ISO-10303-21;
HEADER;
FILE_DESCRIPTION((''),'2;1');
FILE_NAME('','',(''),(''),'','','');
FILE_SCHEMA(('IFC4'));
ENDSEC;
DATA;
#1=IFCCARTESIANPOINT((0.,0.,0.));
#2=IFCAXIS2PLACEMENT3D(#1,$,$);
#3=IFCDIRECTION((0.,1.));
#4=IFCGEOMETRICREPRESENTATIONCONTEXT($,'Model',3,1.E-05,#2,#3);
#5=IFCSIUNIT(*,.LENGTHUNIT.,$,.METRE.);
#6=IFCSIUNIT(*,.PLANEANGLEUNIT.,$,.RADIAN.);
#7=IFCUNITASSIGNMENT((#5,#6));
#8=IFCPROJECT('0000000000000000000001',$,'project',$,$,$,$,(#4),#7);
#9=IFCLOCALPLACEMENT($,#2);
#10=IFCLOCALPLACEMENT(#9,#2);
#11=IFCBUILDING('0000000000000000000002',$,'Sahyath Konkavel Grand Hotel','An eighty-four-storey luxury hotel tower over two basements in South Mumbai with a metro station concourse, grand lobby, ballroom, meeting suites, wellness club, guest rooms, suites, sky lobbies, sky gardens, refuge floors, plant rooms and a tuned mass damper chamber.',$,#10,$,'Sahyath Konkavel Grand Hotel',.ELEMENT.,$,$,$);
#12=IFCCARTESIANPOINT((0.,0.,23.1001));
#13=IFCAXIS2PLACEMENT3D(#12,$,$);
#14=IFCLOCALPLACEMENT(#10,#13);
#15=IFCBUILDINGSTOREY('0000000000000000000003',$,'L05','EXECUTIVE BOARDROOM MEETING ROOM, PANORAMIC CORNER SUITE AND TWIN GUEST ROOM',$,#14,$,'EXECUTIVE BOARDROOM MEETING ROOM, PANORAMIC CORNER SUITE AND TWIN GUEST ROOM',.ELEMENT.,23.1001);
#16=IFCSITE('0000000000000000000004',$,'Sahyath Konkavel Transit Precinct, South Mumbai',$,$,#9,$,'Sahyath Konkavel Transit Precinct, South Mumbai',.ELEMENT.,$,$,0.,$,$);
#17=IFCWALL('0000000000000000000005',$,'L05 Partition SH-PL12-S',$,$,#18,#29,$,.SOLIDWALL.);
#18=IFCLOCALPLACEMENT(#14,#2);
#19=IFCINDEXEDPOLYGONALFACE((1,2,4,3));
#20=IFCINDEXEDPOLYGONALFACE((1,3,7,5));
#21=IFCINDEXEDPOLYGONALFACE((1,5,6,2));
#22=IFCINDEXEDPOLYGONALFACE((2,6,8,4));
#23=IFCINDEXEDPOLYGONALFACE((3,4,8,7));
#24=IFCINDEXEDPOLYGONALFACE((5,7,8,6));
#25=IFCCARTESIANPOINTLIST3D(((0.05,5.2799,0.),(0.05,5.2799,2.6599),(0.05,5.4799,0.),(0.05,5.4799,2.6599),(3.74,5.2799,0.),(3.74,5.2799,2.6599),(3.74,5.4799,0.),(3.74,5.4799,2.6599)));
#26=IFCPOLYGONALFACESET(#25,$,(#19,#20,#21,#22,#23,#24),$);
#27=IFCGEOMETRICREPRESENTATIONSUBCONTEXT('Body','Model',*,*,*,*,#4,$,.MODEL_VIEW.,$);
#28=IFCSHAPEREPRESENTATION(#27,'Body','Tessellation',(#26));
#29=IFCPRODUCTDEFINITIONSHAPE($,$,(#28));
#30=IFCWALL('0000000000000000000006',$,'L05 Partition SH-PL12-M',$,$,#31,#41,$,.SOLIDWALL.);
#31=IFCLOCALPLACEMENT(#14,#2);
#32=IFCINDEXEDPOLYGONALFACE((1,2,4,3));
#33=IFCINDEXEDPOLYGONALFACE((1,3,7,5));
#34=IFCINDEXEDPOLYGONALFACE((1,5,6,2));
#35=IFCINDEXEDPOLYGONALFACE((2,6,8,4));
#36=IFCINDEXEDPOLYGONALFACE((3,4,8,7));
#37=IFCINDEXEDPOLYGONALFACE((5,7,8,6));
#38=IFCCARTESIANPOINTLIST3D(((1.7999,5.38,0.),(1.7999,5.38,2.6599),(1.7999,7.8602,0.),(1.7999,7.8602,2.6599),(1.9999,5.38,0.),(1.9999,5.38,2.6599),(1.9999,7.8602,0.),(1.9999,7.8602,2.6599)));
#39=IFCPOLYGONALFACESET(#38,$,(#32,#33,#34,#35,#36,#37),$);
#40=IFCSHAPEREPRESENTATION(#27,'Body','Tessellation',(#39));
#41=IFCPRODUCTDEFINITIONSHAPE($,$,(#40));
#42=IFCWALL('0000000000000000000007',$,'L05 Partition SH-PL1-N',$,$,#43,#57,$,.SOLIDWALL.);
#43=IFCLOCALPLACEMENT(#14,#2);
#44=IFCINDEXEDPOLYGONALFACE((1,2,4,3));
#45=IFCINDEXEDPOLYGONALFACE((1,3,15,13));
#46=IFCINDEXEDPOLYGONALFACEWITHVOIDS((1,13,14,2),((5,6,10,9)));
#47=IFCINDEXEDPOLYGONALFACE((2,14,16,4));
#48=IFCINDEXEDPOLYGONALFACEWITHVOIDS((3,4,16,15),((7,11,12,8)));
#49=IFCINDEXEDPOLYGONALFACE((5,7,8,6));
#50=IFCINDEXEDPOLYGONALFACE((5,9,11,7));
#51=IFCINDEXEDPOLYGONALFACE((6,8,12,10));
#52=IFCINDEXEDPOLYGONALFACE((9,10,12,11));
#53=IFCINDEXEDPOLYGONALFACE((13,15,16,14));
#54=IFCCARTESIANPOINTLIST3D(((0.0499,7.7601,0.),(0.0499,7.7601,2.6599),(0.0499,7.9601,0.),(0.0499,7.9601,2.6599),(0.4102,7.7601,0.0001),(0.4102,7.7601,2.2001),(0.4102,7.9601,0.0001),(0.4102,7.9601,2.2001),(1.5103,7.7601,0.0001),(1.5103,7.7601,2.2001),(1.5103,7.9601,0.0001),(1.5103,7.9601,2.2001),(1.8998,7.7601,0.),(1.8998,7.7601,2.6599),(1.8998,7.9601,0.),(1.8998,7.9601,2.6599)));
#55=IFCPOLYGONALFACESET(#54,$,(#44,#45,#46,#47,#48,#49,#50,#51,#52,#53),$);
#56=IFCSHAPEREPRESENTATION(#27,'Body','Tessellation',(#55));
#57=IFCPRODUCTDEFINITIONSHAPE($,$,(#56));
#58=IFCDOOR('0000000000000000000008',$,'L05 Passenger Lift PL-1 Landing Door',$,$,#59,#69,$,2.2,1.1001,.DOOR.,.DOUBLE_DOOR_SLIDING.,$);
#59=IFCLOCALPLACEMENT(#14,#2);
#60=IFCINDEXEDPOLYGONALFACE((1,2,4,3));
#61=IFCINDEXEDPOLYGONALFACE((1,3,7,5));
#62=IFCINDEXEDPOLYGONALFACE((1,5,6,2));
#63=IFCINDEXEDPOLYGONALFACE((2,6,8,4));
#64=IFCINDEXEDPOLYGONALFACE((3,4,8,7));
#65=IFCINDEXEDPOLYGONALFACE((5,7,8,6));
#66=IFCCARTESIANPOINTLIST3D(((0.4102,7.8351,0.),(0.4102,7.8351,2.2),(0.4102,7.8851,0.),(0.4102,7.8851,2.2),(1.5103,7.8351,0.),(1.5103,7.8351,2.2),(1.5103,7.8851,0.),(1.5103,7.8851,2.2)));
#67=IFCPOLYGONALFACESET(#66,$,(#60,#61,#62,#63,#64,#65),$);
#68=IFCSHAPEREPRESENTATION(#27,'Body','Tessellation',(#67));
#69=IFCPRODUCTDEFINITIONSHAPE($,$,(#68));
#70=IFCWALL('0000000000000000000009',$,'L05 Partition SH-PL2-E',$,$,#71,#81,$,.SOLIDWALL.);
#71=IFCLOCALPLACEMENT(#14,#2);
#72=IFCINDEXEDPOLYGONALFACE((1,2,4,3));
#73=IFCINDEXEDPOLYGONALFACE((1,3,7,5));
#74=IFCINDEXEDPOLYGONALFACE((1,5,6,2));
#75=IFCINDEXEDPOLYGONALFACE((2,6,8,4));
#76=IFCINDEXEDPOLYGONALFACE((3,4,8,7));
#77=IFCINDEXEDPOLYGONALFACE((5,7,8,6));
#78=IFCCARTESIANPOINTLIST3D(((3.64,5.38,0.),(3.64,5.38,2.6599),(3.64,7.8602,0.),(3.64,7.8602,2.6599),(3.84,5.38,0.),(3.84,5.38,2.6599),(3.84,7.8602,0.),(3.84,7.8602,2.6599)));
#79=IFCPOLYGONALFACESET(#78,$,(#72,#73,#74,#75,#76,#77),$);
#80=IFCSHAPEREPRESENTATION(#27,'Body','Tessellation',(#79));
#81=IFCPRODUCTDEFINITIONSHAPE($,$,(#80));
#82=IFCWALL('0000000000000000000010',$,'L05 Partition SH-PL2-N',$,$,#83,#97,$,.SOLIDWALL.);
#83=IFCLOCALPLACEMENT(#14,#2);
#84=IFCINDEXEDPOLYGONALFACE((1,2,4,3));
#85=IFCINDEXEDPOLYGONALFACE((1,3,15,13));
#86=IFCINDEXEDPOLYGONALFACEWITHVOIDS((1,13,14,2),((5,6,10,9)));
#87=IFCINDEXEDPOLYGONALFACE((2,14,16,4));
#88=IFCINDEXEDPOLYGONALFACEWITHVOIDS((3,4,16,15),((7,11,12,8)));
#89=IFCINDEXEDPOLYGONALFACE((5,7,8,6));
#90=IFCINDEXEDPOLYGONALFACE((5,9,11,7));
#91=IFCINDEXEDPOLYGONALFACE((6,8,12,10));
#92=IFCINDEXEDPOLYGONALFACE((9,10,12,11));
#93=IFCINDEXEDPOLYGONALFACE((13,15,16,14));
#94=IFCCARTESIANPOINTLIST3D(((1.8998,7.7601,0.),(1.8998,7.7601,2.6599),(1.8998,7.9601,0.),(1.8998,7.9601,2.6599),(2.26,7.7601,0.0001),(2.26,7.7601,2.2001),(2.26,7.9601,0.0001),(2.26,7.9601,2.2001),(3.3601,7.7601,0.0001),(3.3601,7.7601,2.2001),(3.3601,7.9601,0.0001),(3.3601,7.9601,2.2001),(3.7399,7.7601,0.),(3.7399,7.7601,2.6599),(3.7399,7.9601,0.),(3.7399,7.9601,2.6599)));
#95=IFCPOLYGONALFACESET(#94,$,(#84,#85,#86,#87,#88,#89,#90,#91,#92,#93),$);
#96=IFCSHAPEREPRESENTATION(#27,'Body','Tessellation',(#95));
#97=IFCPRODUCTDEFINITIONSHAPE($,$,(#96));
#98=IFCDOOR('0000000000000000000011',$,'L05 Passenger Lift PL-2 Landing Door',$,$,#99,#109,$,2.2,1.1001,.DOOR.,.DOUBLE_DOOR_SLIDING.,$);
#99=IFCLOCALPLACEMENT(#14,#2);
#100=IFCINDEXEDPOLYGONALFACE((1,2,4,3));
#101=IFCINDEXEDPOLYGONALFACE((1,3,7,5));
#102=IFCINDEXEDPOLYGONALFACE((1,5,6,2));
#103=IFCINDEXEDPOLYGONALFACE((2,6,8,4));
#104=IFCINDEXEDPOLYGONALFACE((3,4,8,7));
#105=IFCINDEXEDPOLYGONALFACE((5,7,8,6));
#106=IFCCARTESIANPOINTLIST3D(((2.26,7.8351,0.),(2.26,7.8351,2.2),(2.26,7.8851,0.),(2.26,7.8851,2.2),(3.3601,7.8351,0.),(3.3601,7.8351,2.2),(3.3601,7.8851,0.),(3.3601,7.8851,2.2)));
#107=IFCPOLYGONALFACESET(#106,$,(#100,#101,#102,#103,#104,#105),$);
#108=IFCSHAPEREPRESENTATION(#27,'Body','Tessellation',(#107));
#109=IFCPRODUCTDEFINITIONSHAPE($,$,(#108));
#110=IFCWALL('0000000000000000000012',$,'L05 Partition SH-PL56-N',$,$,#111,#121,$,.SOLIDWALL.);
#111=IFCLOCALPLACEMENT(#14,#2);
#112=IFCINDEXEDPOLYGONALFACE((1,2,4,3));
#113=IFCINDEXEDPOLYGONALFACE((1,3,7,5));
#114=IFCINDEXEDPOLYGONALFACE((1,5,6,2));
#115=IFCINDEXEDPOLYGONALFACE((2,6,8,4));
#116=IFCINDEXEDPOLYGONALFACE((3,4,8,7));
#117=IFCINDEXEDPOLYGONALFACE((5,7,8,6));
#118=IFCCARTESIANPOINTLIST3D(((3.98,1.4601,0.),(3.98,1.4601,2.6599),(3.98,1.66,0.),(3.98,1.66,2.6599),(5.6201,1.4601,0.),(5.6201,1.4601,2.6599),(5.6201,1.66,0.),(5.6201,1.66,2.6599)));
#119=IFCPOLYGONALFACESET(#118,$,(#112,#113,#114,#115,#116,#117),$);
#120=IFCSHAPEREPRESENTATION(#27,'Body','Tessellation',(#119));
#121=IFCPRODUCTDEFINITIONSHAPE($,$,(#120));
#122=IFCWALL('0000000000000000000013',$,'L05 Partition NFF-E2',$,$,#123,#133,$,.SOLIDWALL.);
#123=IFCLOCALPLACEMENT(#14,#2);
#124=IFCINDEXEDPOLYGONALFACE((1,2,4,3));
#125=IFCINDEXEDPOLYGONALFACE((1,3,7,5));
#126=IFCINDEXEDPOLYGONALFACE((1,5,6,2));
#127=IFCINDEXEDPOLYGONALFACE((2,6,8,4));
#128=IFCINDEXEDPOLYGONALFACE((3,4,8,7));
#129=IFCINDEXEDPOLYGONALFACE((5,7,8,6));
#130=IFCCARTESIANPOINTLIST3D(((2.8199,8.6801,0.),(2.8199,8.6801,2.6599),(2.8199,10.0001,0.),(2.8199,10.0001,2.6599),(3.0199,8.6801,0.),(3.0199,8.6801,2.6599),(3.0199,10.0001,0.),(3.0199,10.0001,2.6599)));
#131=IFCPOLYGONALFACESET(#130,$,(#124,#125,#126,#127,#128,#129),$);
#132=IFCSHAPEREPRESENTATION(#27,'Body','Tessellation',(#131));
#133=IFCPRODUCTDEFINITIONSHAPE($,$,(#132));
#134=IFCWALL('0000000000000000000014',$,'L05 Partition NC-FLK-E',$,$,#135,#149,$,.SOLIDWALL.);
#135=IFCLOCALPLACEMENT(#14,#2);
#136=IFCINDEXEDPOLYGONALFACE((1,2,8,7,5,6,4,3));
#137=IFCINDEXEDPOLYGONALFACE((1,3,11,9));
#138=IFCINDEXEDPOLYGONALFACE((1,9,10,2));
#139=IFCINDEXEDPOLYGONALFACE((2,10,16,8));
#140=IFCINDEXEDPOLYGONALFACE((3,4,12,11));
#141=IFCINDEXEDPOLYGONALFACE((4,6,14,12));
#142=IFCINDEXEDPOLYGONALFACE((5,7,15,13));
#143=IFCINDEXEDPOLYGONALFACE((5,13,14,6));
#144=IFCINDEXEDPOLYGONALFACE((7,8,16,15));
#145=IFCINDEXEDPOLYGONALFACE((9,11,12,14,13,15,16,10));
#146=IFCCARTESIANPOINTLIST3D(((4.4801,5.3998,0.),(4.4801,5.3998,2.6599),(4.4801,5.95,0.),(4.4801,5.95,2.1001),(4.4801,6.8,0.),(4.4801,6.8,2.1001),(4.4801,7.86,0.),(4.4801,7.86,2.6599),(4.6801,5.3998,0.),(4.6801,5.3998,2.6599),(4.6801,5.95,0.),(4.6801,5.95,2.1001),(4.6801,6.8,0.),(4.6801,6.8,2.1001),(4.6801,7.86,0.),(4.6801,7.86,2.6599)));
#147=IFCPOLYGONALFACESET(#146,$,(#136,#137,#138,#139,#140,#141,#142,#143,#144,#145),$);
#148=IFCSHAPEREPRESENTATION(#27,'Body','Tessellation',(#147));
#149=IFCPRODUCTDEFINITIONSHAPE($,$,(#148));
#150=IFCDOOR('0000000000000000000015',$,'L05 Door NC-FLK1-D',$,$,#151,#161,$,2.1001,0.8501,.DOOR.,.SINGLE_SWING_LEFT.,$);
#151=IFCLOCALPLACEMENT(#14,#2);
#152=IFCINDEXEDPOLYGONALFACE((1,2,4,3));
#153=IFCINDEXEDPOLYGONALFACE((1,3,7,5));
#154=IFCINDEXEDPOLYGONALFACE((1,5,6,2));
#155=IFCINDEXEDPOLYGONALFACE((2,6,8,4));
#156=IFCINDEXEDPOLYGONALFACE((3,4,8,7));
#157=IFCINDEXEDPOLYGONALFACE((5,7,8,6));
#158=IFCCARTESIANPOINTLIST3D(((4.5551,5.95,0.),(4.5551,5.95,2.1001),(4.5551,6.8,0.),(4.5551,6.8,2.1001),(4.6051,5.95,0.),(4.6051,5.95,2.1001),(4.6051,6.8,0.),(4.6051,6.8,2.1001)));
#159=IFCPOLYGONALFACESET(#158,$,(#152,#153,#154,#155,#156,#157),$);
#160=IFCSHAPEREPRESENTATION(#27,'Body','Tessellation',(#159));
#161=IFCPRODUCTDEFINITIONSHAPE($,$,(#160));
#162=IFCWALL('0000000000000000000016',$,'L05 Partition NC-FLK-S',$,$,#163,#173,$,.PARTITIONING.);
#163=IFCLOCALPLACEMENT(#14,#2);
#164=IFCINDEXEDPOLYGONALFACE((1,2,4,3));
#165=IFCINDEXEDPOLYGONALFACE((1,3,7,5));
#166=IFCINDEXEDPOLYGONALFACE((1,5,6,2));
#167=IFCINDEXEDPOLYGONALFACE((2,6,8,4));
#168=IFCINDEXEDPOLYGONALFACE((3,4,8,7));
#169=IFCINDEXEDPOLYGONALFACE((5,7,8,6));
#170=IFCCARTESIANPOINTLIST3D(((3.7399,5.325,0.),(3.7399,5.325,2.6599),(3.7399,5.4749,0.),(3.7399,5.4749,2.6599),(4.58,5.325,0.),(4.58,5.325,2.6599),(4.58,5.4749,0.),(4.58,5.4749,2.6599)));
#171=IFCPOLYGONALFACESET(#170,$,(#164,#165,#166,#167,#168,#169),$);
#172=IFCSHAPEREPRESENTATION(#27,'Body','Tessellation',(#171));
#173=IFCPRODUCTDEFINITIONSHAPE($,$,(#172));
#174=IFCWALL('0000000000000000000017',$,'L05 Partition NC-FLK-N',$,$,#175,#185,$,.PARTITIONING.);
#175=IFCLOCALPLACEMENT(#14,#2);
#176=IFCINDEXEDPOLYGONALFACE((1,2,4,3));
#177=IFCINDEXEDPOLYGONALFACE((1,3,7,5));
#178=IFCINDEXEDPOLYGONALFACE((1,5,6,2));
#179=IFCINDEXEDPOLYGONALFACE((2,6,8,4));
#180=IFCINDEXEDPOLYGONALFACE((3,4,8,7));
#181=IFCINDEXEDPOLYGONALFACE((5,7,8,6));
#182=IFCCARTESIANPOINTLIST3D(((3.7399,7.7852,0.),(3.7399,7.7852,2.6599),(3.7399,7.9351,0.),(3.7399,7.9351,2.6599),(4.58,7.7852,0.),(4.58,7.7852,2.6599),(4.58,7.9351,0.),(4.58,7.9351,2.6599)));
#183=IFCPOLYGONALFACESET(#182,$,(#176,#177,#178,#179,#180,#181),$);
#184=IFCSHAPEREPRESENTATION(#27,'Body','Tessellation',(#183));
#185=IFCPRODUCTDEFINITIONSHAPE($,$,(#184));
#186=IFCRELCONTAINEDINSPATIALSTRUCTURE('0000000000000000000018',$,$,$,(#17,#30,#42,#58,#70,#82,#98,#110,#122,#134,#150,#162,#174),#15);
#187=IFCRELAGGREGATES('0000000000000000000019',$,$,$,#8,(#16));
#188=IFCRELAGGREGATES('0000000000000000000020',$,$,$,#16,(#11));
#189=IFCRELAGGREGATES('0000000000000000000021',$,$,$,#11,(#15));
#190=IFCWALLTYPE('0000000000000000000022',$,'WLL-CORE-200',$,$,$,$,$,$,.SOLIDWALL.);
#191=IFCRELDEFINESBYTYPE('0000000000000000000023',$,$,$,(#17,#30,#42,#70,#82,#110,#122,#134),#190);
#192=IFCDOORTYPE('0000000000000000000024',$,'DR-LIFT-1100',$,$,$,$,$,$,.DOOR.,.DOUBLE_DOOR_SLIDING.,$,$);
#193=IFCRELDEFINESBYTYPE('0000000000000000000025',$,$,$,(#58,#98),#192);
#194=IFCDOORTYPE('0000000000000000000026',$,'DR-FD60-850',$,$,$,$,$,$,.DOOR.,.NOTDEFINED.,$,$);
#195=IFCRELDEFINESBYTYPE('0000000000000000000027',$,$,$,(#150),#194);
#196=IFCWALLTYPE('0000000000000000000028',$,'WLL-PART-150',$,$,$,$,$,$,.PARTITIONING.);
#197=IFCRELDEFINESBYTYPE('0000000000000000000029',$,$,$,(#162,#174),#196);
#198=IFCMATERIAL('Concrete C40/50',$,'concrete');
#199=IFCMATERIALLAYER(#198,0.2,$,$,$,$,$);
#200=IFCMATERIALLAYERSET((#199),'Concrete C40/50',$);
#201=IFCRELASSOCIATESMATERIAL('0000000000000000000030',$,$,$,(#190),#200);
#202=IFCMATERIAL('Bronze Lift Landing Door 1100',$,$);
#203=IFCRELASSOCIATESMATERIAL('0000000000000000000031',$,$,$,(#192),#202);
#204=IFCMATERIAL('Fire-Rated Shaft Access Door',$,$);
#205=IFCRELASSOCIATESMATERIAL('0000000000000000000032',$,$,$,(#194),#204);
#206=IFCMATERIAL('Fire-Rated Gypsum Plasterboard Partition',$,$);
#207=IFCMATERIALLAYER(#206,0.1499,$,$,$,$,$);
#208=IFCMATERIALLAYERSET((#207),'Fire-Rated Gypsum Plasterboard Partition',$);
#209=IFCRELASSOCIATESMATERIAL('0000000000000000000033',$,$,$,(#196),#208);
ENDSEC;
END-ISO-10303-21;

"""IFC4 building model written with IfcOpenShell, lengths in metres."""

from ifc_helpers import new_model, si_unit, direction, frame, frame_2d, origin, origin_2d, place, context, subcontext, project, spatial, rectangle, extrude, source, transform, mapped, material, layer, layer_set, type_object, element, fill, save


model = new_model("IFC4")

# Units and contexts
model_context = context("Model", 3, precision=1e-05, world=origin(), true_north=direction((0.0, 1.0)))
body_context = subcontext(model_context, "Body", "Model", "MODEL_VIEW")
ifc_project = project(units=[si_unit("LENGTHUNIT", "METRE"), si_unit("PLANEANGLEUNIT", "RADIAN")], contexts=[model_context])

# Site, building, storey
site_placement = place(None, origin())
site = spatial("IfcSite", under=ifc_project, at=site_placement, Name="Sahyath Konkavel Transit Precinct, South Mumbai", LongName="Sahyath Konkavel Transit Precinct, South Mumbai", CompositionType="ELEMENT", RefElevation=0.0)
building_placement = place(site_placement, origin())
building = spatial("IfcBuilding", under=site, at=building_placement, Name="Sahyath Konkavel Grand Hotel", Description="An eighty-four-storey luxury hotel tower over two basements in South Mumbai with a metro station concourse, grand lobby, ballroom, meeting suites, wellness club, guest rooms, suites, sky lobbies, sky gardens, refuge floors, plant rooms and a tuned mass damper chamber.", LongName="Sahyath Konkavel Grand Hotel", CompositionType="ELEMENT")
storey_placement = place(building_placement, frame((0.0, 0.0, 23.1001)))
storey = spatial("IfcBuildingStorey", under=building, at=storey_placement, Name="L05", Description="EXECUTIVE BOARDROOM MEETING ROOM, PANORAMIC CORNER SUITE AND TWIN GUEST ROOM", LongName="EXECUTIVE BOARDROOM MEETING ROOM, PANORAMIC CORNER SUITE AND TWIN GUEST ROOM", CompositionType="ELEMENT", Elevation=23.1001)

# Shared definitions
ifc_material_1 = material(Name="Concrete C40/50", Category="concrete")
ifc_layer_1 = layer(ifc_material_1, 0.2)
ifc_layer_set_1 = layer_set([ifc_layer_1], Name="Concrete C40/50")
wall_type_1 = type_object("IfcWallType", Name="WLL-CORE-200", PredefinedType="SOLIDWALL", material=ifc_layer_set_1)

# Shared definitions
ifc_material_2 = material(Name="Bronze Lift Landing Door 1100")
door_type_1 = type_object("IfcDoorType", Name="DR-LIFT-1100", OperationType="DOUBLE_DOOR_SLIDING", PredefinedType="DOOR", material=ifc_material_2)
shared_shape_1 = source(origin(), body_context, "Body", "SweptSolid", [
    extrude(rectangle(XDim=1.1001, YDim=0.05, at=origin_2d()), origin(), (0.0, 0.0, 1.0), 2.2),
])

# Walls
wall_1_placement = place(storey_placement, frame((0.05, 5.3799, 0.0), z_axis=(0.0, 0.0, 1.0), x_axis=(1.0, 0.0, 0.0)))
element("IfcWall", 1, at=wall_1_placement, inside=storey, type_object=wall_type_1, Name="L05 Partition SH-PL12-S", PredefinedType="SOLIDWALL", context=body_context, shape_type="SweptSolid", body=[
    extrude(rectangle(XDim=3.6899, YDim=0.2, at=frame_2d((1.845, 0.0))), origin(), (0.0, 0.0, 1.0), 2.6599),
])
wall_2_placement = place(storey_placement, frame((1.8999, 5.3799, 0.0), z_axis=(0.0, 0.0, 1.0), x_axis=(0.0, 1.0, 0.0)))
element("IfcWall", 2, at=wall_2_placement, inside=storey, type_object=wall_type_1, Name="L05 Partition SH-PL12-M", PredefinedType="SOLIDWALL", context=body_context, shape_type="SweptSolid", body=[
    extrude(rectangle(XDim=2.4802, YDim=0.2, at=frame_2d((1.2402, 0.0))), origin(), (0.0, 0.0, 1.0), 2.6599),
])

# Wall, opening, door
wall_3_placement = place(storey_placement, frame((0.05, 7.8601, 0.0), z_axis=(0.0, 0.0, 1.0), x_axis=(1.0, 0.0, 0.0)))
wall_3 = element("IfcWall", 3, at=wall_3_placement, inside=storey, type_object=wall_type_1, Name="L05 Partition SH-PL1-N", PredefinedType="SOLIDWALL", context=body_context, shape_type="SweptSolid", body=[
    extrude(rectangle(XDim=1.8499, YDim=0.2, at=frame_2d((0.9248, 0.0))), origin(), (0.0, 0.0, 1.0), 2.6599),
])
opening_1_placement = place(wall_3_placement, frame((0.3601, 0.0, 0.0)))
opening_1 = element("IfcOpeningElement", 4, at=opening_1_placement, cuts=wall_3, PredefinedType="OPENING", context=body_context, shape_type="SweptSolid", body=[
    extrude(rectangle(XDim=1.1001, YDim=2.2, at=frame_2d((0.55, 1.1001))), frame((0.0, 0.1099, 0.0), z_axis=(0.0, -1.0, 0.0), x_axis=(1.0, 0.0, 0.0)), (0.0, 0.0, 1.0), 0.22),
])
door_1_placement = place(opening_1_placement, frame((0.55, 0.0, 0.0)))
door_1 = element("IfcDoor", 5, at=door_1_placement, inside=storey, type_object=door_type_1, Name="L05 Passenger Lift PL-1 Landing Door", OperationType="DOUBLE_DOOR_SLIDING", OverallHeight=2.2, OverallWidth=1.1001, PredefinedType="DOOR", context=body_context, shape_type="MappedRepresentation", body=[
    mapped(shared_shape_1, transform((0.0, 0.0, 0.0), scale=1.0)),
])
fill(opening_1, door_1)

# Wall
wall_4_placement = place(storey_placement, frame((3.74, 5.3799, 0.0), z_axis=(0.0, 0.0, 1.0), x_axis=(0.0, 1.0, 0.0)))
element("IfcWall", 6, at=wall_4_placement, inside=storey, type_object=wall_type_1, Name="L05 Partition SH-PL2-E", PredefinedType="SOLIDWALL", context=body_context, shape_type="SweptSolid", body=[
    extrude(rectangle(XDim=2.4802, YDim=0.2, at=frame_2d((1.2402, 0.0))), origin(), (0.0, 0.0, 1.0), 2.6599),
])

# Wall, opening, door
wall_5_placement = place(storey_placement, frame((1.8999, 7.8601, 0.0), z_axis=(0.0, 0.0, 1.0), x_axis=(1.0, 0.0, 0.0)))
wall_5 = element("IfcWall", 7, at=wall_5_placement, inside=storey, type_object=wall_type_1, Name="L05 Partition SH-PL2-N", PredefinedType="SOLIDWALL", context=body_context, shape_type="SweptSolid", body=[
    extrude(rectangle(XDim=1.8401, YDim=0.2, at=frame_2d((0.9199, 0.0))), origin(), (0.0, 0.0, 1.0), 2.6599),
])
opening_2_placement = place(wall_5_placement, frame((0.3601, 0.0, 0.0)))
opening_2 = element("IfcOpeningElement", 8, at=opening_2_placement, cuts=wall_5, PredefinedType="OPENING", context=body_context, shape_type="SweptSolid", body=[
    extrude(rectangle(XDim=1.1001, YDim=2.2, at=frame_2d((0.55, 1.1001))), frame((0.0, 0.1099, 0.0), z_axis=(0.0, -1.0, 0.0), x_axis=(1.0, 0.0, 0.0)), (0.0, 0.0, 1.0), 0.22),
])
door_2_placement = place(opening_2_placement, frame((0.55, 0.0, 0.0)))
door_2 = element("IfcDoor", 9, at=door_2_placement, inside=storey, type_object=door_type_1, Name="L05 Passenger Lift PL-2 Landing Door", OperationType="DOUBLE_DOOR_SLIDING", OverallHeight=2.2, OverallWidth=1.1001, PredefinedType="DOOR", context=body_context, shape_type="MappedRepresentation", body=[
    mapped(shared_shape_1, transform((0.0, 0.0, 0.0), scale=1.0)),
])
fill(opening_2, door_2)

# Wall
wall_6_placement = place(storey_placement, frame((3.98, 1.5601, 0.0), z_axis=(0.0, 0.0, 1.0), x_axis=(1.0, 0.0, 0.0)))
element("IfcWall", 10, at=wall_6_placement, inside=storey, type_object=wall_type_1, Name="L05 Partition SH-PL56-N", PredefinedType="SOLIDWALL", context=body_context, shape_type="SweptSolid", body=[
    extrude(rectangle(XDim=1.6401, YDim=0.2, at=frame_2d((0.8201, 0.0))), origin(), (0.0, 0.0, 1.0), 2.6599),
])

# Wall
wall_7_placement = place(storey_placement, frame((2.9199, 8.6799, 0.0), z_axis=(0.0, 0.0, 1.0), x_axis=(0.0, 1.0, 0.0)))
element("IfcWall", 11, at=wall_7_placement, inside=storey, type_object=wall_type_1, Name="L05 Partition NFF-E2", PredefinedType="SOLIDWALL", context=body_context, shape_type="SweptSolid", body=[
    extrude(rectangle(XDim=1.3201, YDim=0.2, at=frame_2d((0.6602, 0.0))), origin(), (0.0, 0.0, 1.0), 2.6599),
])

# Wall, opening, door
wall_8_placement = place(storey_placement, frame((4.5801, 5.3999, 0.0), z_axis=(0.0, 0.0, 1.0), x_axis=(0.0, 1.0, 0.0)))
wall_8 = element("IfcWall", 12, at=wall_8_placement, inside=storey, type_object=wall_type_1, Name="L05 Partition NC-FLK-E", PredefinedType="SOLIDWALL", context=body_context, shape_type="SweptSolid", body=[
    extrude(rectangle(XDim=2.4602, YDim=0.2, at=frame_2d((1.23, 0.0))), origin(), (0.0, 0.0, 1.0), 2.6599),
])
opening_3_placement = place(wall_8_placement, frame((0.55, 0.0, 0.0)))
opening_3 = element("IfcOpeningElement", 13, at=opening_3_placement, cuts=wall_8, PredefinedType="OPENING", context=body_context, shape_type="SweptSolid", body=[
    extrude(rectangle(XDim=0.8501, YDim=2.1001, at=frame_2d((0.425, 1.05))), frame((0.0, 0.1099, 0.0), z_axis=(0.0, -1.0, 0.0), x_axis=(1.0, 0.0, 0.0)), (0.0, 0.0, 1.0), 0.22),
])
ifc_material_3 = material(Name="Fire-Rated Shaft Access Door")
door_type_2 = type_object("IfcDoorType", Name="DR-FD60-850", OperationType="NOTDEFINED", PredefinedType="DOOR", material=ifc_material_3)
shared_shape_2 = source(origin(), body_context, "Body", "SweptSolid", [
    extrude(rectangle(XDim=0.8501, YDim=0.05, at=origin_2d()), origin(), (0.0, 0.0, 1.0), 2.1001),
])
door_3_placement = place(opening_3_placement, frame((0.425, 0.0, 0.0)))
door_3 = element("IfcDoor", 14, at=door_3_placement, inside=storey, type_object=door_type_2, Name="L05 Door NC-FLK1-D", OperationType="SINGLE_SWING_LEFT", OverallHeight=2.1001, OverallWidth=0.8501, PredefinedType="DOOR", context=body_context, shape_type="MappedRepresentation", body=[
    mapped(shared_shape_2, transform((0.0, 0.0, 0.0), scale=1.0)),
])
fill(opening_3, door_3)

# Walls
ifc_material_4 = material(Name="Fire-Rated Gypsum Plasterboard Partition")
ifc_layer_2 = layer(ifc_material_4, 0.1499)
ifc_layer_set_2 = layer_set([ifc_layer_2], Name="Fire-Rated Gypsum Plasterboard Partition")
wall_type_2 = type_object("IfcWallType", Name="WLL-PART-150", PredefinedType="PARTITIONING", material=ifc_layer_set_2)
for number, where, z_axis, x_axis, name in (
    (15, (3.74, 5.3999, 0.0), (0.0, 0.0, 1.0), (1.0, 0.0, 0.0), "L05 Partition NC-FLK-S"),
    (16, (3.74, 7.8601, 0.0), (0.0, 0.0, 1.0), (1.0, 0.0, 0.0), "L05 Partition NC-FLK-N"),
):
    element("IfcWall", number, at=place(storey_placement, frame(where, z_axis=z_axis, x_axis=x_axis)), inside=storey, type_object=wall_type_2, Name=name, PredefinedType="PARTITIONING", context=body_context, shape_type="SweptSolid", body=[
        extrude(rectangle(XDim=0.8401, YDim=0.1499, at=frame_2d((0.4199, 0.0))), origin(), (0.0, 0.0, 1.0), 2.6599),
    ])

save(model, "model.ifc")
